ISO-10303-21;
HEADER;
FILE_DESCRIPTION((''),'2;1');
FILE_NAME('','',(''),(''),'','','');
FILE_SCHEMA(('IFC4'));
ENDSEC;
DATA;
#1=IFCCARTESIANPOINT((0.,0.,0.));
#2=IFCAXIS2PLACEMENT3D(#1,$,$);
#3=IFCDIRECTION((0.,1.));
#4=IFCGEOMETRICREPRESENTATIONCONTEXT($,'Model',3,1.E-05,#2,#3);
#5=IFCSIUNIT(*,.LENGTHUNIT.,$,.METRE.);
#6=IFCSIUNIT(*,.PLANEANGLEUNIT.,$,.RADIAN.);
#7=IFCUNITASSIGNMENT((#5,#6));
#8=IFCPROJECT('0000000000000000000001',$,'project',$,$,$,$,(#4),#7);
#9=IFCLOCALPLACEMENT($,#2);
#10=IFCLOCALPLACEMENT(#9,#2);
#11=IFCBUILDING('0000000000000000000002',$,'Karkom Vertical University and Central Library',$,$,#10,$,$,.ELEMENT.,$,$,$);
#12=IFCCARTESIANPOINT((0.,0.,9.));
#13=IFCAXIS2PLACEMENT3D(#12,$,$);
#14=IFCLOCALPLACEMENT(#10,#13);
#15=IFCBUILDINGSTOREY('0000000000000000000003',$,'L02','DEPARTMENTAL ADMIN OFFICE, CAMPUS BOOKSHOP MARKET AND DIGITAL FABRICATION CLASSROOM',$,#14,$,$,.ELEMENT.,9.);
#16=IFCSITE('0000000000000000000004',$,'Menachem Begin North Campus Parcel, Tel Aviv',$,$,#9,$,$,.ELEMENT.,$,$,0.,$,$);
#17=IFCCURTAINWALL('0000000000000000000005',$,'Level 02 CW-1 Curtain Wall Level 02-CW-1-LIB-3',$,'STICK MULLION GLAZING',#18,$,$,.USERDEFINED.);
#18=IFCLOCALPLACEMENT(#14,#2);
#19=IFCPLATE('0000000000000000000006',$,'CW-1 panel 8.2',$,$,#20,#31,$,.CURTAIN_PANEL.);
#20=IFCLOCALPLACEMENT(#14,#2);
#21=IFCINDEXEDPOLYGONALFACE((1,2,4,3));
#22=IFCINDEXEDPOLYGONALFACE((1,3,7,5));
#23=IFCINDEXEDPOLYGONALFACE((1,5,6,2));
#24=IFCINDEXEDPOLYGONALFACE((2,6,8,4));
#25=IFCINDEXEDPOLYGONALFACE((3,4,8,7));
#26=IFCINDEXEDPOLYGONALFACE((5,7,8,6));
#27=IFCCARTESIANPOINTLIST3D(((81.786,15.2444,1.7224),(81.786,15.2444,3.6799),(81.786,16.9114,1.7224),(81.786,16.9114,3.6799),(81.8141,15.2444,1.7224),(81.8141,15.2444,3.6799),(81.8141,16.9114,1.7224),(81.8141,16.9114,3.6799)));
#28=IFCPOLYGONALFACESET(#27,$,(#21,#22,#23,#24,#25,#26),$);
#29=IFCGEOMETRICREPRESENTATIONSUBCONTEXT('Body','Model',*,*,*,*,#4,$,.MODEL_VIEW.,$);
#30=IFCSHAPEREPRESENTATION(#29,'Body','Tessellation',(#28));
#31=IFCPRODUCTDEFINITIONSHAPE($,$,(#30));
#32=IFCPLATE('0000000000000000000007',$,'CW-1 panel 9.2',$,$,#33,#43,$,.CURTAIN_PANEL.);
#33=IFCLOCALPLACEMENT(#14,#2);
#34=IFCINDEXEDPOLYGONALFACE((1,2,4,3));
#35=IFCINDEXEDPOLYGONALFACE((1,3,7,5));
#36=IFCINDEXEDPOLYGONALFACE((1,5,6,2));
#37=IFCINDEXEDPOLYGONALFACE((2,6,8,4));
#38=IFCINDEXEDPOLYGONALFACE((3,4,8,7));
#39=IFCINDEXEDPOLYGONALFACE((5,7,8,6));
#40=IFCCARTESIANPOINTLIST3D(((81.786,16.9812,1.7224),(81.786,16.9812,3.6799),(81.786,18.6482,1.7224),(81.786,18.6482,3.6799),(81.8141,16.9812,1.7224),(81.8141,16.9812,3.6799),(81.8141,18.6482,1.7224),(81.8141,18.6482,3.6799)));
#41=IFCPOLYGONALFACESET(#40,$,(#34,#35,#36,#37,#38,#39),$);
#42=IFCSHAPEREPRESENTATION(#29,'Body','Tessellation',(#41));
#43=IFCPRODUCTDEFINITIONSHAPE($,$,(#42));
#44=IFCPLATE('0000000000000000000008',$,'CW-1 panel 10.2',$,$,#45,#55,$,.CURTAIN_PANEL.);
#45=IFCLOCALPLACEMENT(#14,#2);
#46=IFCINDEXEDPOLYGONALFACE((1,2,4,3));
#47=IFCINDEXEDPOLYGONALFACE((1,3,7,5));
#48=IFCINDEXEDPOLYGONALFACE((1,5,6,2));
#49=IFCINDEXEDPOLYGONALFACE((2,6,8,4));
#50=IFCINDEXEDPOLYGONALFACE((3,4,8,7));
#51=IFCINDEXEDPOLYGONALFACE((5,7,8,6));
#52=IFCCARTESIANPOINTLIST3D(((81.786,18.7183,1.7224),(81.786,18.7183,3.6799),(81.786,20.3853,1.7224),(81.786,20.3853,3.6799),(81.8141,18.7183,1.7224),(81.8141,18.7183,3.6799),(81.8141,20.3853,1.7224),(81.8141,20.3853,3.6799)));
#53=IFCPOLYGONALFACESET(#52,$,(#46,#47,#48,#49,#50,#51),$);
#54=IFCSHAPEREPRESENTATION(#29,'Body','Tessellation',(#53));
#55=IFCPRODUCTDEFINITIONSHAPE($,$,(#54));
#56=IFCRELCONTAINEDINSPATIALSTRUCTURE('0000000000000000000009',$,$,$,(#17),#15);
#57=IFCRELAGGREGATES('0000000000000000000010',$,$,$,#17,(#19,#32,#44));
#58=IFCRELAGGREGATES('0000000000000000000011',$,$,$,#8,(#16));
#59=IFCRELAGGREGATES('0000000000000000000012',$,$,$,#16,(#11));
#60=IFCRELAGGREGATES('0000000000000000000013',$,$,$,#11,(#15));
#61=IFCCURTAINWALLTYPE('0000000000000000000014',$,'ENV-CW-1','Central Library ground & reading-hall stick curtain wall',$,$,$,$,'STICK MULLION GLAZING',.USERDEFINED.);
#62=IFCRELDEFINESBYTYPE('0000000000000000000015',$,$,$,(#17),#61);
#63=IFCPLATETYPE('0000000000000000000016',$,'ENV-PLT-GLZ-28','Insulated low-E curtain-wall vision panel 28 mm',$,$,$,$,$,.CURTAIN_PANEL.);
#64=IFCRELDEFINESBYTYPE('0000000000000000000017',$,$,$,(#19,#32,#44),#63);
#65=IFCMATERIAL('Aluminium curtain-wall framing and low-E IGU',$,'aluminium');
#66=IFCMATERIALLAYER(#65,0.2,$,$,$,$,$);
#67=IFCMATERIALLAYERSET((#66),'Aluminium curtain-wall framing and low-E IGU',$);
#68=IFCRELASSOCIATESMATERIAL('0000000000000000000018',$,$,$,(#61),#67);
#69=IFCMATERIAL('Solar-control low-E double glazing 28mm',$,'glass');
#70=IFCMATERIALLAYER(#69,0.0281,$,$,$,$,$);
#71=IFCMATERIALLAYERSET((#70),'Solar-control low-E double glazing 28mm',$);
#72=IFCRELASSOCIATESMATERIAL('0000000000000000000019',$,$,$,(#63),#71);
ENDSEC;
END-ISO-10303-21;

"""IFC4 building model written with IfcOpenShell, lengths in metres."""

from ifc_helpers import new_model, si_unit, direction, frame, origin, origin_with_axes, origin_2d, place, context, subcontext, project, spatial, rectangle, extrude, source, transform, mapped, material, layer, layer_set, type_object, element, aggregate, save


model = new_model("IFC4")

# Units and contexts
model_context = context("Model", 3, precision=1e-05, world=origin(), true_north=direction((0.0, 1.0)))
body_context = subcontext(model_context, "Body", "Model", "MODEL_VIEW")
ifc_project = project(units=[si_unit("LENGTHUNIT", "METRE"), si_unit("PLANEANGLEUNIT", "RADIAN")], contexts=[model_context])

# Site, building, storey
site_placement = place(None, origin())
site = spatial("IfcSite", under=ifc_project, at=site_placement, Name="Menachem Begin North Campus Parcel, Tel Aviv", CompositionType="ELEMENT", RefElevation=0.0)
building_placement = place(site_placement, origin())
building = spatial("IfcBuilding", under=site, at=building_placement, Name="Karkom Vertical University and Central Library", CompositionType="ELEMENT")
storey_placement = place(building_placement, frame((0.0, 0.0, 9.0)))
storey = spatial("IfcBuildingStorey", under=building, at=storey_placement, Name="L02", Description="DEPARTMENTAL ADMIN OFFICE, CAMPUS BOOKSHOP MARKET AND DIGITAL FABRICATION CLASSROOM", CompositionType="ELEMENT", Elevation=9.0)

# Curtain wall, plates
ifc_material_1 = material(Name="Aluminium curtain-wall framing and low-E IGU", Category="aluminium")
ifc_layer_1 = layer(ifc_material_1, 0.2)
ifc_layer_set_1 = layer_set([ifc_layer_1], Name="Aluminium curtain-wall framing and low-E IGU")
curtain_wall_type = type_object("IfcCurtainWallType", Name="ENV-CW-1", Description="Central Library ground & reading-hall stick curtain wall", ElementType="STICK MULLION GLAZING", PredefinedType="USERDEFINED", material=ifc_layer_set_1)
curtain_wall_placement = place(storey_placement, origin())
curtain_wall = element("IfcCurtainWall", 1, at=curtain_wall_placement, inside=storey, type_object=curtain_wall_type, Name="Level 02 CW-1 Curtain Wall Level 02-CW-1-LIB-3", ObjectType="STICK MULLION GLAZING", PredefinedType="USERDEFINED")
ifc_material_2 = material(Name="Solar-control low-E double glazing 28mm", Category="glass")
ifc_layer_2 = layer(ifc_material_2, 0.0281)
ifc_layer_set_2 = layer_set([ifc_layer_2], Name="Solar-control low-E double glazing 28mm")
plate_type = type_object("IfcPlateType", Name="ENV-PLT-GLZ-28", Description="Insulated low-E curtain-wall vision panel 28 mm", PredefinedType="CURTAIN_PANEL", material=ifc_layer_set_2)
shared_shape_1 = source(origin_with_axes(), body_context, "Body", "SweptSolid", [
    extrude(rectangle(XDim=1.667, YDim=0.0281, at=origin_2d()), origin(), (0.0, 0.0, 1.0), 1.9575),
])
plate_1_placement = place(storey_placement, frame((81.8, 16.0779, 1.7224), z_axis=(0.0, 0.0, 1.0), x_axis=(0.0, 1.0, 0.0)))
plate_1 = element("IfcPlate", 2, at=plate_1_placement, type_object=plate_type, Name="CW-1 panel 8.2", PredefinedType="CURTAIN_PANEL", context=body_context, shape_type="MappedRepresentation", body=[
    mapped(shared_shape_1, transform((0.0, 0.0, 0.0), scale=1.0)),
])
plate_2_placement = place(storey_placement, frame((81.8, 17.8147, 1.7224), z_axis=(0.0, 0.0, 1.0), x_axis=(0.0, 1.0, 0.0)))
plate_2 = element("IfcPlate", 3, at=plate_2_placement, type_object=plate_type, Name="CW-1 panel 9.2", PredefinedType="CURTAIN_PANEL", context=body_context, shape_type="MappedRepresentation", body=[
    mapped(shared_shape_1, transform((0.0, 0.0, 0.0), scale=1.0)),
])
plate_3_placement = place(storey_placement, frame((81.8, 19.5518, 1.7224), z_axis=(0.0, 0.0, 1.0), x_axis=(0.0, 1.0, 0.0)))
plate_3 = element("IfcPlate", 4, at=plate_3_placement, type_object=plate_type, Name="CW-1 panel 10.2", PredefinedType="CURTAIN_PANEL", context=body_context, shape_type="MappedRepresentation", body=[
    mapped(shared_shape_1, transform((0.0, 0.0, 0.0), scale=1.0)),
])
aggregate(curtain_wall, [plate_1, plate_2, plate_3])

save(model, "model.ifc")
